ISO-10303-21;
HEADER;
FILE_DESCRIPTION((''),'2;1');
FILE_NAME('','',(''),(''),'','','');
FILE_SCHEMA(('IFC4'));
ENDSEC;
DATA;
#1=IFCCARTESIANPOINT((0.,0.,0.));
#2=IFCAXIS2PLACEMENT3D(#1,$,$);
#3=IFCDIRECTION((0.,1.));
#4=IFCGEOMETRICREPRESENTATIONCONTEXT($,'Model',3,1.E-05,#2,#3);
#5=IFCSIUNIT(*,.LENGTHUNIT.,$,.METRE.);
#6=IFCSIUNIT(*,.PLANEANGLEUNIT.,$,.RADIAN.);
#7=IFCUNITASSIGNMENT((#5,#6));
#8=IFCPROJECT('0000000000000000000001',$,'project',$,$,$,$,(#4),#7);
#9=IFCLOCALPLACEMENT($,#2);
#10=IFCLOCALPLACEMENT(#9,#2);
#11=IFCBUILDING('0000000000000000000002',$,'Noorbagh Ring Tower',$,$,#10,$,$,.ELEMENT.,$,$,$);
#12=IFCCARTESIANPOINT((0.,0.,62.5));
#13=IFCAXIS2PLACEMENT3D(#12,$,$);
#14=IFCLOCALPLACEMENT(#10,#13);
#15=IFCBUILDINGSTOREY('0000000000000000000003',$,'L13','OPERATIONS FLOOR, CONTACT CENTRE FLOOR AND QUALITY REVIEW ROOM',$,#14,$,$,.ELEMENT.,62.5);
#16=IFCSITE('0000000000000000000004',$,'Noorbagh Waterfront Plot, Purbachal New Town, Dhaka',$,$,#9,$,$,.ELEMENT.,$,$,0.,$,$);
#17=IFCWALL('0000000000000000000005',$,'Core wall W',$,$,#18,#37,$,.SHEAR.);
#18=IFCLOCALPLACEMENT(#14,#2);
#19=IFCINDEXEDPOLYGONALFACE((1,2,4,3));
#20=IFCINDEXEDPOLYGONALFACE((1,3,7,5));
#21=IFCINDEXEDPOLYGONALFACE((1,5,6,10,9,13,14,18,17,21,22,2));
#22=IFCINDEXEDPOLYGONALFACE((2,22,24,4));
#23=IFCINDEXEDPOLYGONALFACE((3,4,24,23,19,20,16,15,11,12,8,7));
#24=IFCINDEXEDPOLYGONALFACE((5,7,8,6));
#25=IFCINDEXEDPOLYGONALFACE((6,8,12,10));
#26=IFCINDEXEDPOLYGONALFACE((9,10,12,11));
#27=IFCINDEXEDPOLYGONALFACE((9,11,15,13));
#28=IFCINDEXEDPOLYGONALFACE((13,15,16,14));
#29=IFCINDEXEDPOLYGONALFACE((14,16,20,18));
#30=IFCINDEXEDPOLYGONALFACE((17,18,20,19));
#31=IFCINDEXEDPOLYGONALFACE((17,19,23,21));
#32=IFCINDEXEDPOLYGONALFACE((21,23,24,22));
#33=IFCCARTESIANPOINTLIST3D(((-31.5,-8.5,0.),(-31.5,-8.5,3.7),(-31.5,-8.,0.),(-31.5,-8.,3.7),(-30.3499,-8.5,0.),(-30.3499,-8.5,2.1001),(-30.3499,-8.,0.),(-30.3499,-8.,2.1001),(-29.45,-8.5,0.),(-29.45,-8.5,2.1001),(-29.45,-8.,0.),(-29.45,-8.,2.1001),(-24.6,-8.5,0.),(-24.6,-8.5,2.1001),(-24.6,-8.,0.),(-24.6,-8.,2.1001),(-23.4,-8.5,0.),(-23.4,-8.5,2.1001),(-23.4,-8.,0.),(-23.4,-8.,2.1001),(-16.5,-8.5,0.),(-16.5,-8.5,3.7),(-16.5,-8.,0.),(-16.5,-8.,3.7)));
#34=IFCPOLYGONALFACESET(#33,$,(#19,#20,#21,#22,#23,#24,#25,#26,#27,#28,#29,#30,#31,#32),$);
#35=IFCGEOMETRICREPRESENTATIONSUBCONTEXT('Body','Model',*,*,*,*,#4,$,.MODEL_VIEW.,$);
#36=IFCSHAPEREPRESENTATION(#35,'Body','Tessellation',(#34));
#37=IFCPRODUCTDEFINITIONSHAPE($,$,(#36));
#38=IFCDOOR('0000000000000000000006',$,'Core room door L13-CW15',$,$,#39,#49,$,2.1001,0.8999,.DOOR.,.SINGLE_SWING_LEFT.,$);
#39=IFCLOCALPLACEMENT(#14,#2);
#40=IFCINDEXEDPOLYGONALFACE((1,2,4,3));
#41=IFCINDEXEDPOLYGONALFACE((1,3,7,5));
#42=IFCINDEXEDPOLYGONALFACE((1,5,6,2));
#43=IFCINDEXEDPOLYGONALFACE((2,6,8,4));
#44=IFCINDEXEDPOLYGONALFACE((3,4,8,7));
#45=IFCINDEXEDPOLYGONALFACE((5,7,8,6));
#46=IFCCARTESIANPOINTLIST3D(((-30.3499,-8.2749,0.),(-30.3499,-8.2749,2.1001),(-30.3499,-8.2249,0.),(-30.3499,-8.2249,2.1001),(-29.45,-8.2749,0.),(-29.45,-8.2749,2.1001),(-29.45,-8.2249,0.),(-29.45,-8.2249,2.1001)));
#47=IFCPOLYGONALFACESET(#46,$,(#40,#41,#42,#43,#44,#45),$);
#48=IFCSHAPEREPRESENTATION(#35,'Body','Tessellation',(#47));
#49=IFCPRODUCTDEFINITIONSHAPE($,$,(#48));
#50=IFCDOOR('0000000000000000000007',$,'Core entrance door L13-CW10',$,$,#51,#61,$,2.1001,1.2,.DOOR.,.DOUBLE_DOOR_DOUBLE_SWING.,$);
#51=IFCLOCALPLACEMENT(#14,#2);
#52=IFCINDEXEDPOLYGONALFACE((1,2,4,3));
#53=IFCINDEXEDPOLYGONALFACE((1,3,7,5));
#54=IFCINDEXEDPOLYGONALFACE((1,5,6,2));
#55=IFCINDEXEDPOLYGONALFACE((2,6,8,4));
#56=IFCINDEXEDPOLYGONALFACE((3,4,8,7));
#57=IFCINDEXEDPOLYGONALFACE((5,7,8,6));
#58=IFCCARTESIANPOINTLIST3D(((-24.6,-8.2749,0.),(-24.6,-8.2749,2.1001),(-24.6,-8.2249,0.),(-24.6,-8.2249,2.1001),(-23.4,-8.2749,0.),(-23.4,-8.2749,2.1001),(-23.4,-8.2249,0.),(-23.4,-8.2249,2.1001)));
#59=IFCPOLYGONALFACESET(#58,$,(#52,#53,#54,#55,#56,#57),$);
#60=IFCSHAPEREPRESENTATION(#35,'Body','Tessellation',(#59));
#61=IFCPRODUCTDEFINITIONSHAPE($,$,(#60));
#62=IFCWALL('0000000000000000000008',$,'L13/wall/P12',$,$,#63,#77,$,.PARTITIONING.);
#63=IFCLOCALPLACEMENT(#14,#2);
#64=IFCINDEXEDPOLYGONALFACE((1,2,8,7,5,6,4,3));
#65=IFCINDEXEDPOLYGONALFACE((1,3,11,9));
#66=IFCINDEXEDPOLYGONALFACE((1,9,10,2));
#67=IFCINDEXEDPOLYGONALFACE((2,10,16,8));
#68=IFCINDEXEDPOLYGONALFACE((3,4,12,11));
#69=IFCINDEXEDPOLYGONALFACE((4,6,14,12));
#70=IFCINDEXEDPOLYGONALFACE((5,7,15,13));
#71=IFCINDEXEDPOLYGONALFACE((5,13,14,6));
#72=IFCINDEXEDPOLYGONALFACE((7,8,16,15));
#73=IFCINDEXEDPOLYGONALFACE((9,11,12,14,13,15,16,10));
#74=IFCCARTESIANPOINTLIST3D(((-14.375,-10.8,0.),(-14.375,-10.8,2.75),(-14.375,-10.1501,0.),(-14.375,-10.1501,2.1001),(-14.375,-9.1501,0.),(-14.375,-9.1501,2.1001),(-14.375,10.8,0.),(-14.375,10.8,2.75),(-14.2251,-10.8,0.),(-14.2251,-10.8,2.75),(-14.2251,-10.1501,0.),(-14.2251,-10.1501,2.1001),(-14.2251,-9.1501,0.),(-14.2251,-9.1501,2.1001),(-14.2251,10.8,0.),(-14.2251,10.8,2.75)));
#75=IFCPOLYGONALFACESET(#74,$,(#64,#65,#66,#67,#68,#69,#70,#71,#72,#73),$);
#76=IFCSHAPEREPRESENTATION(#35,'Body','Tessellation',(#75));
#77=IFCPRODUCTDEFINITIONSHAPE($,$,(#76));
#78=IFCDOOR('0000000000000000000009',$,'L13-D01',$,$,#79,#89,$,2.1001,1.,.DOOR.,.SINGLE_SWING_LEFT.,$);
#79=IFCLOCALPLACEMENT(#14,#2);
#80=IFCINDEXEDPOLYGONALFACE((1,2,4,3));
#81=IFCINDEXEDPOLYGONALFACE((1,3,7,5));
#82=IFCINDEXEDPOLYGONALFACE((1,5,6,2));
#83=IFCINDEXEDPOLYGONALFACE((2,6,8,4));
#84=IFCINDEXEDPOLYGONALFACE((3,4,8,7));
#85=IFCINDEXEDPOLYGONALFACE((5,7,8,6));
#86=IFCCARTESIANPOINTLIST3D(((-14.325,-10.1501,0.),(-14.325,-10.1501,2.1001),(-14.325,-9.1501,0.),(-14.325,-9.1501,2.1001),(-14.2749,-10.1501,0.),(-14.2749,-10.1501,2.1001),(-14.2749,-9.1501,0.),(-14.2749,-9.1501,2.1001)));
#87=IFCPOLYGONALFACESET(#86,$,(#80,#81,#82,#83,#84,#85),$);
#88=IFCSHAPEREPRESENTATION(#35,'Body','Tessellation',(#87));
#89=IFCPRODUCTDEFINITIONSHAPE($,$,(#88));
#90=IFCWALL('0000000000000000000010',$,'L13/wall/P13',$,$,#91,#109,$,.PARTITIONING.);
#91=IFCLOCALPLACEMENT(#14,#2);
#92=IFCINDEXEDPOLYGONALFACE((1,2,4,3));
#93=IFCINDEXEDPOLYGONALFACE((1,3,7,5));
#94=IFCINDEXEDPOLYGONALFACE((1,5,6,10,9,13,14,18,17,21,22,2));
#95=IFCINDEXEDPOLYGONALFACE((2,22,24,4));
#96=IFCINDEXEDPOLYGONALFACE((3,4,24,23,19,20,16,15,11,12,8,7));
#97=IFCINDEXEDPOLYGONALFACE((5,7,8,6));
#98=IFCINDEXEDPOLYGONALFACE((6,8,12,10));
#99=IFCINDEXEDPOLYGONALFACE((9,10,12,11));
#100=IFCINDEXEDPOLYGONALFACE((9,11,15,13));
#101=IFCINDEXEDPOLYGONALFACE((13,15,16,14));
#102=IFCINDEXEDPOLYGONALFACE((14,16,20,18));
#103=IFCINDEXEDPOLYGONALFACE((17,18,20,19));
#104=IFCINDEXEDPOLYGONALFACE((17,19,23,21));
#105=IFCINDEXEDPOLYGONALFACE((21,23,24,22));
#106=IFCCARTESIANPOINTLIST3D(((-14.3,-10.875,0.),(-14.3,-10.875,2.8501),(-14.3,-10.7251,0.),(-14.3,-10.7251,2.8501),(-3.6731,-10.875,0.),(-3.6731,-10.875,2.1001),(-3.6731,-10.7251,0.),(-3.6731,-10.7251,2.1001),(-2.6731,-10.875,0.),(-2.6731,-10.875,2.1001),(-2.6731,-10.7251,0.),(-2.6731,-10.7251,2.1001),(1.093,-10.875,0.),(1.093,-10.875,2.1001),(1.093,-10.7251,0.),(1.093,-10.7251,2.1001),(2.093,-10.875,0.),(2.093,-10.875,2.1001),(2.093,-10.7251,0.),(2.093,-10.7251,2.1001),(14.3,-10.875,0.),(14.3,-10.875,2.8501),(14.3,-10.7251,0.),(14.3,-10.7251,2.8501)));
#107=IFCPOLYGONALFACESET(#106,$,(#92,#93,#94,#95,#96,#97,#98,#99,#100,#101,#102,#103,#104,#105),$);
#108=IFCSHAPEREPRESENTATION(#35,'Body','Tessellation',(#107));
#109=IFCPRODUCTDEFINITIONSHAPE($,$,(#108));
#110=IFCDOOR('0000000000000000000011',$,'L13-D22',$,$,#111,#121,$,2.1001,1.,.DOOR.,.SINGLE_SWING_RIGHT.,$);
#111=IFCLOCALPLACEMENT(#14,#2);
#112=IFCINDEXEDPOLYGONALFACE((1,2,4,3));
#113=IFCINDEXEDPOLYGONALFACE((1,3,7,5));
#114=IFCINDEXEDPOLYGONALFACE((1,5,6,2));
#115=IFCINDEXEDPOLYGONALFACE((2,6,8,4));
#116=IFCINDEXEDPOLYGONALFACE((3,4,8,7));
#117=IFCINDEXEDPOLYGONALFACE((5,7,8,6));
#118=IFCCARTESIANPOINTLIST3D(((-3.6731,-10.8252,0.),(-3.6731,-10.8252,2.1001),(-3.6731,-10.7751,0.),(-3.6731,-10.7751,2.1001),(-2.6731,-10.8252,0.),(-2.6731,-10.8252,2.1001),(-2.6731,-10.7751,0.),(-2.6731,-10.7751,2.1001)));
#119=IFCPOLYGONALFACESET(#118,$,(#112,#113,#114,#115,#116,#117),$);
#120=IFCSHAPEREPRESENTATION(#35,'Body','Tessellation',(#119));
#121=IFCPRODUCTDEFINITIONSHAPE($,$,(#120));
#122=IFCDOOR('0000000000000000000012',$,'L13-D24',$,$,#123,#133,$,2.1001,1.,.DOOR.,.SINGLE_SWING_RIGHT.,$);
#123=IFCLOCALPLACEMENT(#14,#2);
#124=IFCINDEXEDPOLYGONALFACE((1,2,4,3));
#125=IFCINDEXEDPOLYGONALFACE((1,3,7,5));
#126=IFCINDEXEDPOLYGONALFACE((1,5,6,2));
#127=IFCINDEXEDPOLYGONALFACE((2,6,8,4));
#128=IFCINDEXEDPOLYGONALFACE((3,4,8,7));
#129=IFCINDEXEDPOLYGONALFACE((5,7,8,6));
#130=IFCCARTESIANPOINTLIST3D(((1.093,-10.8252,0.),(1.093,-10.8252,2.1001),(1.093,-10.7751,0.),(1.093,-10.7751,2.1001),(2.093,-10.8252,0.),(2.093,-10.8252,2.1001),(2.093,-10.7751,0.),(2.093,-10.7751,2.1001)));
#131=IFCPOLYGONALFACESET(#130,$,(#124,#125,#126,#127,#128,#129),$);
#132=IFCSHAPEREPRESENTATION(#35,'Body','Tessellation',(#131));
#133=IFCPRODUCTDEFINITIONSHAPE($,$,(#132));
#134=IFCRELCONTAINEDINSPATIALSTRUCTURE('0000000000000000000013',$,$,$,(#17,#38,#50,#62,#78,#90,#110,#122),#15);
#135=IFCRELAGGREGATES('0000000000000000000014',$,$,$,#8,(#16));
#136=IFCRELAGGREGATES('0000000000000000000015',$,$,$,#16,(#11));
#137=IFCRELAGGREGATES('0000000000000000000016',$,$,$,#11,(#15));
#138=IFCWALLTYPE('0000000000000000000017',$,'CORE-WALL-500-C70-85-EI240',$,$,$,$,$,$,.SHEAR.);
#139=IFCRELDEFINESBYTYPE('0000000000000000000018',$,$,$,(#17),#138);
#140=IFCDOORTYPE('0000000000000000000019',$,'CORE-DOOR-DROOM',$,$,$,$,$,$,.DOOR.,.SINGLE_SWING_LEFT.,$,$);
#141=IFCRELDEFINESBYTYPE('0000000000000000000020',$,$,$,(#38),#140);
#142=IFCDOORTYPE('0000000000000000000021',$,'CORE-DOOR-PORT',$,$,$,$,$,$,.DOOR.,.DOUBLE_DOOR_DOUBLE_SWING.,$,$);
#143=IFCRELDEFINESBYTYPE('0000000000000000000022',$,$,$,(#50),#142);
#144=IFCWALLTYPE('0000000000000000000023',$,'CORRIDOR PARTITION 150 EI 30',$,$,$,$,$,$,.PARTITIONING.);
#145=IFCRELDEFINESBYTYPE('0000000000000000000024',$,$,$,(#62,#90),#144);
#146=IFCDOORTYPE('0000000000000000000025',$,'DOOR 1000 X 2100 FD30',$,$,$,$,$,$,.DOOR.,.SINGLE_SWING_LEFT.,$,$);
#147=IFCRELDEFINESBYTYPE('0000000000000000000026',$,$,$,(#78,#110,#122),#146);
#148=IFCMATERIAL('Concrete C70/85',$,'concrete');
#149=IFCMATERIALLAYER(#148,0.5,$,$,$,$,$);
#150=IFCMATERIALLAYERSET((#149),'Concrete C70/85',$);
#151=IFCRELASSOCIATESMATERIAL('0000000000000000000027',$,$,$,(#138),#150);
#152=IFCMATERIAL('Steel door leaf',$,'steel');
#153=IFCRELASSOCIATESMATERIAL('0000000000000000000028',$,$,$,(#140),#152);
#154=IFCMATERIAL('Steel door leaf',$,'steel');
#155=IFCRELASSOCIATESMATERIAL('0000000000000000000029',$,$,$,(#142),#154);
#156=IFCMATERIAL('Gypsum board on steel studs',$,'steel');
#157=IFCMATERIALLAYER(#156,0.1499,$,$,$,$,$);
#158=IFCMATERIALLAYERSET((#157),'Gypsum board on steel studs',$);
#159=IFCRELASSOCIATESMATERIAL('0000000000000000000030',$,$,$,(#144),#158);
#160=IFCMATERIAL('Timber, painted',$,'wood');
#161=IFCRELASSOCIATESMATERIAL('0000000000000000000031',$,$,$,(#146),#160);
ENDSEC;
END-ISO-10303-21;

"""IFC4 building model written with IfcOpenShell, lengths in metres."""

from ifc_helpers import new_model, si_unit, direction, frame, frame_2d, origin, place, context, subcontext, project, spatial, rectangle, extrude, material, layer, layer_set, type_object, element, fill, save


model = new_model("IFC4")

# Units and contexts
model_context = context("Model", 3, precision=1e-05, world=origin(), true_north=direction((0.0, 1.0)))
body_context = subcontext(model_context, "Body", "Model", "MODEL_VIEW")
ifc_project = project(units=[si_unit("LENGTHUNIT", "METRE"), si_unit("PLANEANGLEUNIT", "RADIAN")], contexts=[model_context])

# Site, building, storey
site_placement = place(None, origin())
site = spatial("IfcSite", under=ifc_project, at=site_placement, Name="Noorbagh Waterfront Plot, Purbachal New Town, Dhaka", CompositionType="ELEMENT", RefElevation=0.0)
building_placement = place(site_placement, origin())
building = spatial("IfcBuilding", under=site, at=building_placement, Name="Noorbagh Ring Tower", CompositionType="ELEMENT")
storey_placement = place(building_placement, frame((0.0, 0.0, 62.5)))
storey = spatial("IfcBuildingStorey", under=building, at=storey_placement, Name="L13", Description="OPERATIONS FLOOR, CONTACT CENTRE FLOOR AND QUALITY REVIEW ROOM", CompositionType="ELEMENT", Elevation=62.5)

# Wall, openings, doors
ifc_material_1 = material(Name="Concrete C70/85", Category="concrete")
ifc_layer_1 = layer(ifc_material_1, 0.5)
ifc_layer_set_1 = layer_set([ifc_layer_1], Name="Concrete C70/85")
wall_type_1 = type_object("IfcWallType", Name="CORE-WALL-500-C70-85-EI240", PredefinedType="SHEAR", material=ifc_layer_set_1)
wall_1_placement = place(storey_placement, frame((-16.5, -8.25, 0.0), z_axis=(0.0, 0.0, 1.0), x_axis=(-1.0, 0.0, 0.0)))
wall_1 = element("IfcWall", 1, at=wall_1_placement, inside=storey, type_object=wall_type_1, Name="Core wall W", PredefinedType="SHEAR", context=body_context, shape_type="SweptSolid", body=[
    extrude(rectangle(XDim=15.0, YDim=0.5, at=frame_2d((7.5, 0.0))), origin(), (0.0, 0.0, 1.0), 3.7),
])
opening_1_placement = place(wall_1_placement, frame((6.8999, 0.0, 0.0)))
opening_1 = element("IfcOpeningElement", 2, at=opening_1_placement, cuts=wall_1, PredefinedType="OPENING", context=body_context, shape_type="SweptSolid", body=[
    extrude(rectangle(XDim=1.2, YDim=2.1001, at=frame_2d((0.6001, 1.05))), frame((0.0, 0.26, 0.0), z_axis=(0.0, -1.0, 0.0), x_axis=(1.0, 0.0, 0.0)), (0.0, 0.0, 1.0), 0.52),
])
opening_2_placement = place(wall_1_placement, frame((12.95, 0.0, 0.0)))
opening_2 = element("IfcOpeningElement", 3, at=opening_2_placement, cuts=wall_1, PredefinedType="OPENING", context=body_context, shape_type="SweptSolid", body=[
    extrude(rectangle(XDim=0.8999, YDim=2.1001, at=frame_2d((0.45, 1.05))), frame((0.0, 0.26, 0.0), z_axis=(0.0, -1.0, 0.0), x_axis=(1.0, 0.0, 0.0)), (0.0, 0.0, 1.0), 0.52),
])
ifc_material_2 = material(Name="Steel door leaf", Category="steel")
door_type_1 = type_object("IfcDoorType", Name="CORE-DOOR-DROOM", OperationType="SINGLE_SWING_LEFT", PredefinedType="DOOR", material=ifc_material_2)
door_1_placement = place(opening_2_placement, origin())
door_1 = element("IfcDoor", 4, at=door_1_placement, inside=storey, type_object=door_type_1, Name="Core room door L13-CW15", OperationType="SINGLE_SWING_LEFT", OverallHeight=2.1001, OverallWidth=0.8999, PredefinedType="DOOR", context=body_context, shape_type="SweptSolid", body=[
    extrude(rectangle(XDim=0.8999, YDim=2.1001, at=frame_2d((0.45, 1.05))), frame((0.0, 0.0249, 0.0), z_axis=(0.0, -1.0, 0.0), x_axis=(1.0, 0.0, 0.0)), (0.0, 0.0, 1.0), 0.05),
])
fill(opening_2, door_1)
ifc_material_3 = material(Name="Steel door leaf", Category="steel")
door_type_2 = type_object("IfcDoorType", Name="CORE-DOOR-PORT", OperationType="DOUBLE_DOOR_DOUBLE_SWING", PredefinedType="DOOR", material=ifc_material_3)
door_2_placement = place(opening_1_placement, origin())
door_2 = element("IfcDoor", 5, at=door_2_placement, inside=storey, type_object=door_type_2, Name="Core entrance door L13-CW10", OperationType="DOUBLE_DOOR_DOUBLE_SWING", OverallHeight=2.1001, OverallWidth=1.2, PredefinedType="DOOR", context=body_context, shape_type="SweptSolid", body=[
    extrude(rectangle(XDim=1.2, YDim=2.1001, at=frame_2d((0.6001, 1.05))), frame((0.0, 0.0249, 0.0), z_axis=(0.0, -1.0, 0.0), x_axis=(1.0, 0.0, 0.0)), (0.0, 0.0, 1.0), 0.05),
])
fill(opening_1, door_2)

# Wall, opening, door
ifc_material_4 = material(Name="Gypsum board on steel studs", Category="steel")
ifc_layer_2 = layer(ifc_material_4, 0.1499)
ifc_layer_set_2 = layer_set([ifc_layer_2], Name="Gypsum board on steel studs")
wall_type_2 = type_object("IfcWallType", Name="CORRIDOR PARTITION 150 EI 30", PredefinedType="PARTITIONING", material=ifc_layer_set_2)
wall_2_placement = place(storey_placement, frame((-14.3, -10.8, 0.0), z_axis=(0.0, 0.0, 1.0), x_axis=(0.0, 1.0, 0.0)))
wall_2 = element("IfcWall", 6, at=wall_2_placement, inside=storey, type_object=wall_type_2, Name="L13/wall/P12", PredefinedType="PARTITIONING", context=body_context, shape_type="SweptSolid", body=[
    extrude(rectangle(XDim=21.6001, YDim=0.1499, at=frame_2d((10.8, 0.0))), origin(), (0.0, 0.0, 1.0), 2.75),
])
opening_3_placement = place(wall_2_placement, frame((0.6499, 0.0, 0.0)))
opening_3 = element("IfcOpeningElement", 7, at=opening_3_placement, cuts=wall_2, PredefinedType="OPENING", context=body_context, shape_type="SweptSolid", body=[
    extrude(rectangle(XDim=1.0, YDim=2.1001, at=frame_2d((0.5, 1.05))), frame((0.0, 0.085, 0.0), z_axis=(0.0, -1.0, 0.0), x_axis=(1.0, 0.0, 0.0)), (0.0, 0.0, 1.0), 0.1699),
])
ifc_material_5 = material(Name="Timber, painted", Category="wood")
door_type_3 = type_object("IfcDoorType", Name="DOOR 1000 X 2100 FD30", OperationType="SINGLE_SWING_LEFT", PredefinedType="DOOR", material=ifc_material_5)
door_3_placement = place(opening_3_placement, origin())
door_3 = element("IfcDoor", 8, at=door_3_placement, inside=storey, type_object=door_type_3, Name="L13-D01", OperationType="SINGLE_SWING_LEFT", OverallHeight=2.1001, OverallWidth=1.0, PredefinedType="DOOR", context=body_context, shape_type="SweptSolid", body=[
    extrude(rectangle(XDim=1.0, YDim=2.1001, at=frame_2d((0.5, 1.05))), frame((0.0, 0.0249, 0.0), z_axis=(0.0, -1.0, 0.0), x_axis=(1.0, 0.0, 0.0)), (0.0, 0.0, 1.0), 0.05),
])
fill(opening_3, door_3)

# Wall, openings, doors
wall_3_placement = place(storey_placement, frame((-14.3, -10.8, 0.0), z_axis=(0.0, 0.0, 1.0), x_axis=(1.0, 0.0, 0.0)))
wall_3 = element("IfcWall", 9, at=wall_3_placement, inside=storey, type_object=wall_type_2, Name="L13/wall/P13", PredefinedType="PARTITIONING", context=body_context, shape_type="SweptSolid", body=[
    extrude(rectangle(XDim=28.6001, YDim=0.1499, at=frame_2d((14.3, 0.0))), origin(), (0.0, 0.0, 1.0), 2.8501),
])
opening_4_placement = place(wall_3_placement, frame((10.627, 0.0, 0.0)))
opening_4 = element("IfcOpeningElement", 10, at=opening_4_placement, cuts=wall_3, PredefinedType="OPENING", context=body_context, shape_type="SweptSolid", body=[
    extrude(rectangle(XDim=1.0, YDim=2.1001, at=frame_2d((0.5, 1.05))), frame((0.0, 0.085, 0.0), z_axis=(0.0, -1.0, 0.0), x_axis=(1.0, 0.0, 0.0)), (0.0, 0.0, 1.0), 0.1699),
])
opening_5_placement = place(wall_3_placement, frame((15.3931, 0.0, 0.0)))
opening_5 = element("IfcOpeningElement", 11, at=opening_5_placement, cuts=wall_3, PredefinedType="OPENING", context=body_context, shape_type="SweptSolid", body=[
    extrude(rectangle(XDim=1.0, YDim=2.1001, at=frame_2d((0.5, 1.05))), frame((0.0, 0.085, 0.0), z_axis=(0.0, -1.0, 0.0), x_axis=(1.0, 0.0, 0.0)), (0.0, 0.0, 1.0), 0.1699),
])
door_4_placement = place(opening_4_placement, origin())
door_4 = element("IfcDoor", 12, at=door_4_placement, inside=storey, type_object=door_type_3, Name="L13-D22", OperationType="SINGLE_SWING_RIGHT", OverallHeight=2.1001, OverallWidth=1.0, PredefinedType="DOOR", context=body_context, shape_type="SweptSolid", body=[
    extrude(rectangle(XDim=1.0, YDim=2.1001, at=frame_2d((0.5, 1.05))), frame((0.0, 0.0249, 0.0), z_axis=(0.0, -1.0, 0.0), x_axis=(1.0, 0.0, 0.0)), (0.0, 0.0, 1.0), 0.05),
])
fill(opening_4, door_4)
door_5_placement = place(opening_5_placement, origin())
door_5 = element("IfcDoor", 13, at=door_5_placement, inside=storey, type_object=door_type_3, Name="L13-D24", OperationType="SINGLE_SWING_RIGHT", OverallHeight=2.1001, OverallWidth=1.0, PredefinedType="DOOR", context=body_context, shape_type="SweptSolid", body=[
    extrude(rectangle(XDim=1.0, YDim=2.1001, at=frame_2d((0.5, 1.05))), frame((0.0, 0.0249, 0.0), z_axis=(0.0, -1.0, 0.0), x_axis=(1.0, 0.0, 0.0)), (0.0, 0.0, 1.0), 0.05),
])
fill(opening_5, door_5)

save(model, "model.ifc")
